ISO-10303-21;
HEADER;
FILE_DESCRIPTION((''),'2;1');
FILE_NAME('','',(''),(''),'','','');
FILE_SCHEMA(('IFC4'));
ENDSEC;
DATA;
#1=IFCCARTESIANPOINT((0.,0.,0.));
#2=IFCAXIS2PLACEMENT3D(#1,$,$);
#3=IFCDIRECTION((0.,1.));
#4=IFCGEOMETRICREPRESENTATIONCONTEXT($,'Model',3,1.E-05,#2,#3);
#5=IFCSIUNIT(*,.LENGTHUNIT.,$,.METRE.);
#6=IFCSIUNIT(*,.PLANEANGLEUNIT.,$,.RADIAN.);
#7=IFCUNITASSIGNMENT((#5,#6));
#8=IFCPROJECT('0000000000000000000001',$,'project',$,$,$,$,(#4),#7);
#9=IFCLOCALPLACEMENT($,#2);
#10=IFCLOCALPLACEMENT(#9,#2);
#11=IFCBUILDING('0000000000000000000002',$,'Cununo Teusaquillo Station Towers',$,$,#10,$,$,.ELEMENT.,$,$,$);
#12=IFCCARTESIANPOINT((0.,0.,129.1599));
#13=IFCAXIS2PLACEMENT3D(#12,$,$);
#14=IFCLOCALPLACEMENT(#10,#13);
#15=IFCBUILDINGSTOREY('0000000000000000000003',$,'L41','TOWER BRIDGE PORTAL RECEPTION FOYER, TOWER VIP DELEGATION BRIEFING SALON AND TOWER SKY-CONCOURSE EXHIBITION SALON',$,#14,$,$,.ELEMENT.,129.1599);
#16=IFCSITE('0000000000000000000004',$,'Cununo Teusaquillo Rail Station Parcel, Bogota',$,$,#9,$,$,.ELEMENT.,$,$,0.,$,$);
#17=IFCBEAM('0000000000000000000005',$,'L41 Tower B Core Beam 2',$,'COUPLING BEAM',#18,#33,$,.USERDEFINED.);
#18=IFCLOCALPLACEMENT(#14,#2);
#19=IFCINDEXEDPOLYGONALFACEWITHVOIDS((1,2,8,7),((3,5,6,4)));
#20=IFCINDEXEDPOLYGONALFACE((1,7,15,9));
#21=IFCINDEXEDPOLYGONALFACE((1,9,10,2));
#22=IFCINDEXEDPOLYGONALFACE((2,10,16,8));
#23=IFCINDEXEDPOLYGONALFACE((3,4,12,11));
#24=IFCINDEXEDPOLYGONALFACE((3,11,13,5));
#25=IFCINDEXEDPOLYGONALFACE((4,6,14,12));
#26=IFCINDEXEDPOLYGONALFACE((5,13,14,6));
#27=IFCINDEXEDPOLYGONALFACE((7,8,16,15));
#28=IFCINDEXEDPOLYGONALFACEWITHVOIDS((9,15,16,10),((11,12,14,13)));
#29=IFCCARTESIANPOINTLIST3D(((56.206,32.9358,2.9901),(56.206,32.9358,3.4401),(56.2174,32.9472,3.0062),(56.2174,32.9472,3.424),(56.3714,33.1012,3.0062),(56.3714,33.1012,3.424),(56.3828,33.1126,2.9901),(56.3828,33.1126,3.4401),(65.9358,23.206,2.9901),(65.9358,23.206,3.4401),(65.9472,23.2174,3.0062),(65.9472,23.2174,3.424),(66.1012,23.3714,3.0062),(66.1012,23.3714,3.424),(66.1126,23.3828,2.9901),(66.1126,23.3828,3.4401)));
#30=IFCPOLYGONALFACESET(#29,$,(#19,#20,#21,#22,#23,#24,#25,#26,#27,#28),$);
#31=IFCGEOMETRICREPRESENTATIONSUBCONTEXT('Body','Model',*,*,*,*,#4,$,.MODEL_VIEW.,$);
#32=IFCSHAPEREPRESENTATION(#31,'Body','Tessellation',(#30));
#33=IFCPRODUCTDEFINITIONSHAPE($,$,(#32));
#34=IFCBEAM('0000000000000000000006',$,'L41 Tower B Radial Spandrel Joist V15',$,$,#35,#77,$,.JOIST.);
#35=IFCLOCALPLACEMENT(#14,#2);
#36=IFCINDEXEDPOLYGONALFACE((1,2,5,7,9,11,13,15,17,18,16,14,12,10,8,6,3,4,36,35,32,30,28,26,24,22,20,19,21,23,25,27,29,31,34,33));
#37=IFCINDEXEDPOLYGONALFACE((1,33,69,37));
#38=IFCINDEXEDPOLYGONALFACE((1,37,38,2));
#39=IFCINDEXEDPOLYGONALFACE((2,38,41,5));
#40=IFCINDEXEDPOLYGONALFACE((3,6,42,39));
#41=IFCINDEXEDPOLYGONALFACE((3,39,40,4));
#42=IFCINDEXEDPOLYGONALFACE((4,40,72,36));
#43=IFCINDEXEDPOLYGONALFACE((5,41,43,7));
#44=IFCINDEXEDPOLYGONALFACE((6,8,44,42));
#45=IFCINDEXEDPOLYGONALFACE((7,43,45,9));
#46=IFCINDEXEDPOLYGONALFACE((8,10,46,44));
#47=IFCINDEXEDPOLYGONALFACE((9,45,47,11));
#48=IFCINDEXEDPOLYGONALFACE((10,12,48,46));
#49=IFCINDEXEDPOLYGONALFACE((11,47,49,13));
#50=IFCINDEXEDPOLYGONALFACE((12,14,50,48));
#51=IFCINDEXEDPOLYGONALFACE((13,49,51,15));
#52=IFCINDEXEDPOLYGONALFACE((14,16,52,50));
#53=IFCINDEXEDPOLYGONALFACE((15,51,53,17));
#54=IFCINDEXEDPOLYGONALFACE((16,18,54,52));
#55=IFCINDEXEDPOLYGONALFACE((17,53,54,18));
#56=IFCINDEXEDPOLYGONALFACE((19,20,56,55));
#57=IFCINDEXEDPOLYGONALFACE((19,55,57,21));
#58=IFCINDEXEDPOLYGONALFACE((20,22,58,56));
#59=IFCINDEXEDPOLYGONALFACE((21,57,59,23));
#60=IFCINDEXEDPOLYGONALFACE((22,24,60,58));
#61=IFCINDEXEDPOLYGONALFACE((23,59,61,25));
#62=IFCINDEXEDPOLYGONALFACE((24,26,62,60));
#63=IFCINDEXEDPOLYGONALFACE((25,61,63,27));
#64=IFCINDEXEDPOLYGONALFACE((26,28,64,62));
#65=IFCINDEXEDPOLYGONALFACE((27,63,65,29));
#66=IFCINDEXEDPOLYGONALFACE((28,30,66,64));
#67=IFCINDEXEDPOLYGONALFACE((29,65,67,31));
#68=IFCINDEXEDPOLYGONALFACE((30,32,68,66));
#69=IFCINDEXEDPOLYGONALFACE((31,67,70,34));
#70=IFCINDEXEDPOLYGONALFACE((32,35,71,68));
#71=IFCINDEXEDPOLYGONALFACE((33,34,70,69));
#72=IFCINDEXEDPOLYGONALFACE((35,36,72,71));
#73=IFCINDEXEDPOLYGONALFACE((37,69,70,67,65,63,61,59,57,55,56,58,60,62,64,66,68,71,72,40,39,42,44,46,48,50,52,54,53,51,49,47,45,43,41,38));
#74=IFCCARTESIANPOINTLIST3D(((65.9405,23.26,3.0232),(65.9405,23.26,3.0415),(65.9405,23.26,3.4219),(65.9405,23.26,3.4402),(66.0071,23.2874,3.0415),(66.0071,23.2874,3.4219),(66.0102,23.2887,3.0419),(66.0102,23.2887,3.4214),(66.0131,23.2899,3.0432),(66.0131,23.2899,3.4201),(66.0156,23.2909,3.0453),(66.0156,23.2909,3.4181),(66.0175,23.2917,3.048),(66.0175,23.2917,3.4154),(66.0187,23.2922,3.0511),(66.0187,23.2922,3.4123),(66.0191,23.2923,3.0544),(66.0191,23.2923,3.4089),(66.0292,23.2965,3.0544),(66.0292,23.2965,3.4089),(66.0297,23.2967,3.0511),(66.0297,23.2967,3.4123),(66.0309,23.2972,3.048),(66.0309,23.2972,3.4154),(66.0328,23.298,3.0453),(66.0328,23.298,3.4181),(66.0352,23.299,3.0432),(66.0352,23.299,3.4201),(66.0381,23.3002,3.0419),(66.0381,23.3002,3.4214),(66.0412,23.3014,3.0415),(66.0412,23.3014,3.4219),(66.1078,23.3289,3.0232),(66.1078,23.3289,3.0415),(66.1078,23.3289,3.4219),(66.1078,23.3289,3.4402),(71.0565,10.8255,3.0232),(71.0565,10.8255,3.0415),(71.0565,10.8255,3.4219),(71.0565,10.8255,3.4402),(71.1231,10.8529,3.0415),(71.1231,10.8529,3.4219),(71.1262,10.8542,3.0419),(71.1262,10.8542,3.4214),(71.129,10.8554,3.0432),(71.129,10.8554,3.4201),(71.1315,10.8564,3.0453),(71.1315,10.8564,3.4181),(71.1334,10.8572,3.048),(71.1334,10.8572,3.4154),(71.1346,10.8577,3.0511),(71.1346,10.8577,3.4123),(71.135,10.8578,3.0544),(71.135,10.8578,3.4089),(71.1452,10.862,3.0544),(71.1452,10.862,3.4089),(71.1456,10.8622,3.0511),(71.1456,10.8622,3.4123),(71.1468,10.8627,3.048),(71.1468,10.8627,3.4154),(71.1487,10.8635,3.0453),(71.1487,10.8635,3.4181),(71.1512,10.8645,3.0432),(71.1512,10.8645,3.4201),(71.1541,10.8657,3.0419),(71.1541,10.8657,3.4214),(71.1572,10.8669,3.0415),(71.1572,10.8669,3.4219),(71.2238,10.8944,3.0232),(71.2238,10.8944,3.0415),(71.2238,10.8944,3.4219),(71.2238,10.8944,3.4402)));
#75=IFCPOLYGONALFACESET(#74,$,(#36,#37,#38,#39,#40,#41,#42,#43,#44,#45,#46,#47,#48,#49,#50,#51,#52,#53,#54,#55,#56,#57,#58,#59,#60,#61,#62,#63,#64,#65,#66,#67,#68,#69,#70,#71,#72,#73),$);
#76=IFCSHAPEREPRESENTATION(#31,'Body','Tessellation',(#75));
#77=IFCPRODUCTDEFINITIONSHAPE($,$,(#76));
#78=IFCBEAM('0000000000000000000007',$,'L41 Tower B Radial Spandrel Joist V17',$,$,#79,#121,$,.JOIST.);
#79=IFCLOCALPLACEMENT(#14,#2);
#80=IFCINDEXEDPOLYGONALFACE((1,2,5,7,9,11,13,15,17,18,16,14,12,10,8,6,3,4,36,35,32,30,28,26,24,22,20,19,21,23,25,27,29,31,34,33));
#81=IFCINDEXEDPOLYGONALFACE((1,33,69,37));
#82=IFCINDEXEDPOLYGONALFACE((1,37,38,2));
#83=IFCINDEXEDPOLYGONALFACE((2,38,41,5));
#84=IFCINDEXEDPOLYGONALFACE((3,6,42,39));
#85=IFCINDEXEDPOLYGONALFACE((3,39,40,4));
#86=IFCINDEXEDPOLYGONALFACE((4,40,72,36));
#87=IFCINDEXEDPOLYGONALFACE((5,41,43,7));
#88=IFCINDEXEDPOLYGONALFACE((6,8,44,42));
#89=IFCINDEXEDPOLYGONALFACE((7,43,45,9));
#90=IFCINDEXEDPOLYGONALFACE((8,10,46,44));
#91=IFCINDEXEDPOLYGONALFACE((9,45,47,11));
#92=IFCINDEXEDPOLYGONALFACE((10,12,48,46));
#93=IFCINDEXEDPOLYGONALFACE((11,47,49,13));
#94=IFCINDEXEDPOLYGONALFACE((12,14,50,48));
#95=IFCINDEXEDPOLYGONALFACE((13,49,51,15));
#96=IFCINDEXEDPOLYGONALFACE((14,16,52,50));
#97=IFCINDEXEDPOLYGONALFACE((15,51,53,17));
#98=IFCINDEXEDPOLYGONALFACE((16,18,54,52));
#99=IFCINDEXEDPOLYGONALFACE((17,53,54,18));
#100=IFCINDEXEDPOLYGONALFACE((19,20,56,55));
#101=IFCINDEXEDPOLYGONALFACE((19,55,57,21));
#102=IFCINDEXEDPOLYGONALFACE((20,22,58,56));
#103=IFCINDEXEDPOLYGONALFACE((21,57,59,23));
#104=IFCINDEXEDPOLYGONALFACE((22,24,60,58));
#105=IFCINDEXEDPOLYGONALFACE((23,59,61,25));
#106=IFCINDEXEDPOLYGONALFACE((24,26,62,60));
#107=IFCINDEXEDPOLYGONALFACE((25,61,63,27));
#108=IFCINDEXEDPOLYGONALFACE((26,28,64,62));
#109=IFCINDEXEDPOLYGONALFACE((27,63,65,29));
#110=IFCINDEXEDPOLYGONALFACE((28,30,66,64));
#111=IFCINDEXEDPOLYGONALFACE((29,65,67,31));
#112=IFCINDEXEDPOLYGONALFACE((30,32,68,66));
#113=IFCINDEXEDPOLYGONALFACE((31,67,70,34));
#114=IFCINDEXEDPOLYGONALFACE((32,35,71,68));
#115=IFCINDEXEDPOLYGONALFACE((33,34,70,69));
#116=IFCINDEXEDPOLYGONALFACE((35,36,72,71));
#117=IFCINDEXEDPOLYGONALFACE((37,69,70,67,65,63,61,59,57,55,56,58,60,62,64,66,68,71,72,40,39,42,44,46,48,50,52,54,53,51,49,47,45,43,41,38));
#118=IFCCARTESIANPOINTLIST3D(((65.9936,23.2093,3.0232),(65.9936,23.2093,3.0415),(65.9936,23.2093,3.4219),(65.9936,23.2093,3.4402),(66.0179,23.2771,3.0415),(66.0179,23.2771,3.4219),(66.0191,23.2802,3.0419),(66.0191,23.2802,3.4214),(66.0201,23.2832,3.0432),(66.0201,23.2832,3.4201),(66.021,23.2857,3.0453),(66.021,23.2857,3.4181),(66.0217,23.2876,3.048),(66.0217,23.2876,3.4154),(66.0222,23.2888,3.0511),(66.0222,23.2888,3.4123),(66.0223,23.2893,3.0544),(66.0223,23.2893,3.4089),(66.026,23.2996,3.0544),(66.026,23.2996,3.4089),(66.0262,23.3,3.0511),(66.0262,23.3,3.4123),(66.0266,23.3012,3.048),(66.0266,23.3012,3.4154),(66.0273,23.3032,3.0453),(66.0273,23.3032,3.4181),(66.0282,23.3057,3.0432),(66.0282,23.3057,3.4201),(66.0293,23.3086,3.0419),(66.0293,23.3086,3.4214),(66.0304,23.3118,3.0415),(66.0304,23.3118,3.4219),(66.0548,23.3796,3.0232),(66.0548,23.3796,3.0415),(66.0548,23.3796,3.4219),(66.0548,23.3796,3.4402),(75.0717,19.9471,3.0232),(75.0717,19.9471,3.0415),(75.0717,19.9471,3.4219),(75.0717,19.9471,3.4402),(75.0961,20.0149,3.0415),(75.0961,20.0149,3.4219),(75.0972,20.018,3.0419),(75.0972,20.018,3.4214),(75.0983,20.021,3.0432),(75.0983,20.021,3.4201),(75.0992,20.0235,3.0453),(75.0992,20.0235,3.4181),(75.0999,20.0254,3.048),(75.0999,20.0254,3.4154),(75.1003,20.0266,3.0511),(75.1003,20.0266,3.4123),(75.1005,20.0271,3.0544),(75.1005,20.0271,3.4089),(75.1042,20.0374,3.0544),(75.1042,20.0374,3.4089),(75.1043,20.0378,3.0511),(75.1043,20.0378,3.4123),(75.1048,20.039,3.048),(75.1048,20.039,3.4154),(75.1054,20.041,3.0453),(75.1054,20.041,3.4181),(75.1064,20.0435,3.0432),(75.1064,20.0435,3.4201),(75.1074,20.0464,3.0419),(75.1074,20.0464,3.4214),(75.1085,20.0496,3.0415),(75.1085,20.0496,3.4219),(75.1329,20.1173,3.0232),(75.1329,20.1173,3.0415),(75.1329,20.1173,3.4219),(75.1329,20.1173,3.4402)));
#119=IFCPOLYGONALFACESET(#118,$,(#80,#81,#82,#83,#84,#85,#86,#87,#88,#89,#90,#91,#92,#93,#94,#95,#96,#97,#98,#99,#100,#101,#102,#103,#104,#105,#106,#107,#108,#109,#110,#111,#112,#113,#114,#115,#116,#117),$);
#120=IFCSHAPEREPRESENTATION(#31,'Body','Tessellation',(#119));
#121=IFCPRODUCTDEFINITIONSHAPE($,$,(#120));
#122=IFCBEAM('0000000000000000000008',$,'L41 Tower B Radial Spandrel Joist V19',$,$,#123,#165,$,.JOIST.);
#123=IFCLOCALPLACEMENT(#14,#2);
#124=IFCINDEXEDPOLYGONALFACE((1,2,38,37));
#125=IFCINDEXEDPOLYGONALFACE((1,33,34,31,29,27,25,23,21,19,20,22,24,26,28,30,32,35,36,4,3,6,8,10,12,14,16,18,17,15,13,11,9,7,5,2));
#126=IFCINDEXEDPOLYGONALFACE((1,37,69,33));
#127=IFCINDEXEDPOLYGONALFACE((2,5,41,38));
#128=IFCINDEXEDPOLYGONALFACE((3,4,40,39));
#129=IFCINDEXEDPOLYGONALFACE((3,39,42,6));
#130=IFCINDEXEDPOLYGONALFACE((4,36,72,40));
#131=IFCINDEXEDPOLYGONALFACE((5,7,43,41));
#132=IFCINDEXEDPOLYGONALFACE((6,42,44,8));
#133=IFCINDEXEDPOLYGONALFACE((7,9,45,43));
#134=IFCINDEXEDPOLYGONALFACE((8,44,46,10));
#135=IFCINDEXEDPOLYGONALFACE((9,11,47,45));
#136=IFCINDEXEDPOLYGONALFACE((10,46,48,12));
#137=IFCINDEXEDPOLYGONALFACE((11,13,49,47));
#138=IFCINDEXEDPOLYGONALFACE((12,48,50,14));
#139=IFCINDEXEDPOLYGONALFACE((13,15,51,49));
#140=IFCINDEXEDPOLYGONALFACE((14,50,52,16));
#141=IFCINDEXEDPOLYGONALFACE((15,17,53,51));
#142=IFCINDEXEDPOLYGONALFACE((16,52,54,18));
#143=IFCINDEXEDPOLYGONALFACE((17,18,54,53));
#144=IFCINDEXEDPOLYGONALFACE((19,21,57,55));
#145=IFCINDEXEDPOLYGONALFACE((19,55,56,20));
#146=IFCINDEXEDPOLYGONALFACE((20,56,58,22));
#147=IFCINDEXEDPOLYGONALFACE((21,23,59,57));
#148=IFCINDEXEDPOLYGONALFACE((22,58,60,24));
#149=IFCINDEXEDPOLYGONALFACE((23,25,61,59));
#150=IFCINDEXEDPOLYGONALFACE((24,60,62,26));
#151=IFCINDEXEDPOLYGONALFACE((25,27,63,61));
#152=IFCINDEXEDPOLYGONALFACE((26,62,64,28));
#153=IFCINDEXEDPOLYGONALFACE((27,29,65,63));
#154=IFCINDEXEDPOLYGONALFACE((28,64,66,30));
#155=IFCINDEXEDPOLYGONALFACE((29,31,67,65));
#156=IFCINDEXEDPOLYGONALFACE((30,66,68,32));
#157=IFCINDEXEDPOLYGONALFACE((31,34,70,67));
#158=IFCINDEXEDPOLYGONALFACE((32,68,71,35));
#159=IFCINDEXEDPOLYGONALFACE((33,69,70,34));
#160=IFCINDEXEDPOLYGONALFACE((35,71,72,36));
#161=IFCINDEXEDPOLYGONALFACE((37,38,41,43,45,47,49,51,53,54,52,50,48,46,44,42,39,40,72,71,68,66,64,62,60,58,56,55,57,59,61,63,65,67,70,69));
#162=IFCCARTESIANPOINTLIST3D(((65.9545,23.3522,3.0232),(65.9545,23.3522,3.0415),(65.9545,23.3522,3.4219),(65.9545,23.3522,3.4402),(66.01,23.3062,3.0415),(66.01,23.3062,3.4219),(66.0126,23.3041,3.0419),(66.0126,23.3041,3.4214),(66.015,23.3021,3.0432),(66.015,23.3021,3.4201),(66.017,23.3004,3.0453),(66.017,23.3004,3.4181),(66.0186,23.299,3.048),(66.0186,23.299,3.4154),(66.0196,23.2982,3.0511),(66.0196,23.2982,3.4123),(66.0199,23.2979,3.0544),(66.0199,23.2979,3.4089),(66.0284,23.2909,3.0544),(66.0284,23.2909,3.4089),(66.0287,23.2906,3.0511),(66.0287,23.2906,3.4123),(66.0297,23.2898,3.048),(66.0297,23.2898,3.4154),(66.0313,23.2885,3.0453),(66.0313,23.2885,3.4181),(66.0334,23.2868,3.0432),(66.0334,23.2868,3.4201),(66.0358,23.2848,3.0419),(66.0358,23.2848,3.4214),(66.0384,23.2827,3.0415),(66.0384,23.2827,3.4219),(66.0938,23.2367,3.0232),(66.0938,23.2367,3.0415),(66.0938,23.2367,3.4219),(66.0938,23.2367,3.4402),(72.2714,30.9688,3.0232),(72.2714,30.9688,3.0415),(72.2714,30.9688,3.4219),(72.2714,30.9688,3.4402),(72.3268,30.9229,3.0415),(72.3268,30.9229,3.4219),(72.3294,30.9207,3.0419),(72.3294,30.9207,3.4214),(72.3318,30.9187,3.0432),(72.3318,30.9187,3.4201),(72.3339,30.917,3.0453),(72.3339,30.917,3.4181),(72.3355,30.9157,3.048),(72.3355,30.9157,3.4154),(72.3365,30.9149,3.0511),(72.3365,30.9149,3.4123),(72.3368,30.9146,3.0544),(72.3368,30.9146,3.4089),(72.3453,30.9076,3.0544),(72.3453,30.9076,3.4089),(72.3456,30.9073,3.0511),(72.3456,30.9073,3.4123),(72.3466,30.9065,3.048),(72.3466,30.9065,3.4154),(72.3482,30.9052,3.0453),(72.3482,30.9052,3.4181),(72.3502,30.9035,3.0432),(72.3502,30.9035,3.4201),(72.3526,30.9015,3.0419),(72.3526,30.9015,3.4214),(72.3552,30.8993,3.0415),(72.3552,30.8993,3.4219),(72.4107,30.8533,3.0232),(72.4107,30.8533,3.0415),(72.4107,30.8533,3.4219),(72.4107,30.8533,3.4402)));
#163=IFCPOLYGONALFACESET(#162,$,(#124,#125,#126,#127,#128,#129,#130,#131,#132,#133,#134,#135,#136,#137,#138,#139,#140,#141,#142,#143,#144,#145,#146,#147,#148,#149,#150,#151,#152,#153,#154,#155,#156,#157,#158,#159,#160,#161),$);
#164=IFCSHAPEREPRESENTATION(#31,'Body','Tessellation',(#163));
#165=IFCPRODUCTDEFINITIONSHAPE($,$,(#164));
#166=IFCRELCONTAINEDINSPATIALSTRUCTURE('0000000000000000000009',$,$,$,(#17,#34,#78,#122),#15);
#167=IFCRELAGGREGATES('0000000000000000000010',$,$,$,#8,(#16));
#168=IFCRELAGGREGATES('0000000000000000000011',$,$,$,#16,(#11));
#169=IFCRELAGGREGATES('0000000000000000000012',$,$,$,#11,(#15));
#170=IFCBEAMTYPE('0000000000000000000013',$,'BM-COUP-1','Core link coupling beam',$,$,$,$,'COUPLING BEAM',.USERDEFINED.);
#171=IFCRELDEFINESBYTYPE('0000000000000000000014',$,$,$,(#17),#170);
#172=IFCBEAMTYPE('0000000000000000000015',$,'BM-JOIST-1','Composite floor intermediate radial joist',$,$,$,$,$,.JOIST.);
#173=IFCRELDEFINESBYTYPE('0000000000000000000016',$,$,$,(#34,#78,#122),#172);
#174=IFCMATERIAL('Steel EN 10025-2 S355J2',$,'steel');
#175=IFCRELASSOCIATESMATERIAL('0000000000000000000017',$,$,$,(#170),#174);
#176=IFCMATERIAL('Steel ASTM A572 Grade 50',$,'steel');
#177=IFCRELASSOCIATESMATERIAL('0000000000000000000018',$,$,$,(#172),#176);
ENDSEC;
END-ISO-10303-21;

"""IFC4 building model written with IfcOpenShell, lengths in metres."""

from ifc_helpers import new_model, si_unit, direction, frame, origin, origin_2d, place, context, subcontext, project, spatial, hollow_rectangle, i_section, extrude, material, material_profile, profile_set, type_object, element, save


model = new_model("IFC4")

# Units and contexts
model_context = context("Model", 3, precision=1e-05, world=origin(), true_north=direction((0.0, 1.0)))
body_context = subcontext(model_context, "Body", "Model", "MODEL_VIEW")
ifc_project = project(units=[si_unit("LENGTHUNIT", "METRE"), si_unit("PLANEANGLEUNIT", "RADIAN")], contexts=[model_context])

# Site, building, storey
site_placement = place(None, origin())
site = spatial("IfcSite", under=ifc_project, at=site_placement, Name="Cununo Teusaquillo Rail Station Parcel, Bogota", CompositionType="ELEMENT", RefElevation=0.0)
building_placement = place(site_placement, origin())
building = spatial("IfcBuilding", under=site, at=building_placement, Name="Cununo Teusaquillo Station Towers", CompositionType="ELEMENT")
storey_placement = place(building_placement, frame((0.0, 0.0, 129.1599)))
storey = spatial("IfcBuildingStorey", under=building, at=storey_placement, Name="L41", Description="TOWER BRIDGE PORTAL RECEPTION FOYER, TOWER VIP DELEGATION BRIEFING SALON AND TOWER SKY-CONCOURSE EXHIBITION SALON", CompositionType="ELEMENT", Elevation=129.1599)

# Beams
ifc_material_1 = material(Name="Steel EN 10025-2 S355J2", Category="steel")
ifc_material_profile_1 = material_profile(ifc_material_1, hollow_rectangle(XDim=0.25, YDim=0.45, WallThickness=0.0161, at=origin_2d()), Name="RHS 450x250x16")
ifc_profile_set_1 = profile_set([ifc_material_profile_1], Name="Steel EN 10025-2 S355J2")
beam_type_1 = type_object("IfcBeamType", Name="BM-COUP-1", Description="Core link coupling beam", ElementType="COUPLING BEAM", PredefinedType="USERDEFINED", material=ifc_profile_set_1)
beam_1_placement = place(storey_placement, frame((66.0242, 23.2944, 3.2151), z_axis=(-0.707107, 0.707107, 0.0), x_axis=(-0.707107, -0.707107, 0.0)))
element("IfcBeam", 1, at=beam_1_placement, inside=storey, type_object=beam_type_1, Name="L41 Tower B Core Beam 2", ObjectType="COUPLING BEAM", PredefinedType="USERDEFINED", context=body_context, shape_type="SweptSolid", body=[
    extrude(hollow_rectangle(XDim=0.25, YDim=0.45, WallThickness=0.0161, at=origin_2d()), origin(), (0.0, 0.0, 1.0), 13.76),
])
ifc_material_2 = material(Name="Steel ASTM A572 Grade 50", Category="steel")
ifc_material_profile_2 = material_profile(ifc_material_2, i_section(OverallWidth=0.1809, OverallDepth=0.417, WebThickness=0.011, FlangeThickness=0.0183, FilletRadius=0.0129, at=origin_2d()), Name="W16X57")
ifc_profile_set_2 = profile_set([ifc_material_profile_2], Name="Steel ASTM A572 Grade 50")
beam_type_2 = type_object("IfcBeamType", Name="BM-JOIST-1", Description="Composite floor intermediate radial joist", PredefinedType="JOIST", material=ifc_profile_set_2)
beam_2_placement = place(storey_placement, frame((66.0242, 23.2944, 3.2317), z_axis=(0.380486, -0.924787, 0.0), x_axis=(0.924787, 0.380486, 0.0)))
element("IfcBeam", 2, at=beam_2_placement, inside=storey, type_object=beam_type_2, Name="L41 Tower B Radial Spandrel Joist V15", PredefinedType="JOIST", context=body_context, shape_type="SweptSolid", body=[
    extrude(i_section(OverallWidth=0.1809, OverallDepth=0.417, WebThickness=0.011, FlangeThickness=0.0183, FilletRadius=0.0129, at=origin_2d()), origin(), (0.0, 0.0, 1.0), 13.4458),
])
beam_3_placement = place(storey_placement, frame((66.0242, 23.2944, 3.2317), z_axis=(0.941083, -0.338176, 0.0), x_axis=(0.338176, 0.941083, 0.0)))
element("IfcBeam", 3, at=beam_3_placement, inside=storey, type_object=beam_type_2, Name="L41 Tower B Radial Spandrel Joist V17", PredefinedType="JOIST", context=body_context, shape_type="SweptSolid", body=[
    extrude(i_section(OverallWidth=0.1809, OverallDepth=0.417, WebThickness=0.011, FlangeThickness=0.0183, FilletRadius=0.0129, at=origin_2d()), origin(), (0.0, 0.0, 1.0), 9.6465),
])
beam_4_placement = place(storey_placement, frame((66.0242, 23.2944, 3.2317), z_axis=(0.638372, 0.769728, 0.0), x_axis=(-0.769728, 0.638372, 0.0)))
element("IfcBeam", 4, at=beam_4_placement, inside=storey, type_object=beam_type_2, Name="L41 Tower B Radial Spandrel Joist V19", PredefinedType="JOIST", context=body_context, shape_type="SweptSolid", body=[
    extrude(i_section(OverallWidth=0.1809, OverallDepth=0.417, WebThickness=0.011, FlangeThickness=0.0183, FilletRadius=0.0129, at=origin_2d()), origin(), (0.0, 0.0, 1.0), 9.8953),
])

save(model, "model.ifc")
